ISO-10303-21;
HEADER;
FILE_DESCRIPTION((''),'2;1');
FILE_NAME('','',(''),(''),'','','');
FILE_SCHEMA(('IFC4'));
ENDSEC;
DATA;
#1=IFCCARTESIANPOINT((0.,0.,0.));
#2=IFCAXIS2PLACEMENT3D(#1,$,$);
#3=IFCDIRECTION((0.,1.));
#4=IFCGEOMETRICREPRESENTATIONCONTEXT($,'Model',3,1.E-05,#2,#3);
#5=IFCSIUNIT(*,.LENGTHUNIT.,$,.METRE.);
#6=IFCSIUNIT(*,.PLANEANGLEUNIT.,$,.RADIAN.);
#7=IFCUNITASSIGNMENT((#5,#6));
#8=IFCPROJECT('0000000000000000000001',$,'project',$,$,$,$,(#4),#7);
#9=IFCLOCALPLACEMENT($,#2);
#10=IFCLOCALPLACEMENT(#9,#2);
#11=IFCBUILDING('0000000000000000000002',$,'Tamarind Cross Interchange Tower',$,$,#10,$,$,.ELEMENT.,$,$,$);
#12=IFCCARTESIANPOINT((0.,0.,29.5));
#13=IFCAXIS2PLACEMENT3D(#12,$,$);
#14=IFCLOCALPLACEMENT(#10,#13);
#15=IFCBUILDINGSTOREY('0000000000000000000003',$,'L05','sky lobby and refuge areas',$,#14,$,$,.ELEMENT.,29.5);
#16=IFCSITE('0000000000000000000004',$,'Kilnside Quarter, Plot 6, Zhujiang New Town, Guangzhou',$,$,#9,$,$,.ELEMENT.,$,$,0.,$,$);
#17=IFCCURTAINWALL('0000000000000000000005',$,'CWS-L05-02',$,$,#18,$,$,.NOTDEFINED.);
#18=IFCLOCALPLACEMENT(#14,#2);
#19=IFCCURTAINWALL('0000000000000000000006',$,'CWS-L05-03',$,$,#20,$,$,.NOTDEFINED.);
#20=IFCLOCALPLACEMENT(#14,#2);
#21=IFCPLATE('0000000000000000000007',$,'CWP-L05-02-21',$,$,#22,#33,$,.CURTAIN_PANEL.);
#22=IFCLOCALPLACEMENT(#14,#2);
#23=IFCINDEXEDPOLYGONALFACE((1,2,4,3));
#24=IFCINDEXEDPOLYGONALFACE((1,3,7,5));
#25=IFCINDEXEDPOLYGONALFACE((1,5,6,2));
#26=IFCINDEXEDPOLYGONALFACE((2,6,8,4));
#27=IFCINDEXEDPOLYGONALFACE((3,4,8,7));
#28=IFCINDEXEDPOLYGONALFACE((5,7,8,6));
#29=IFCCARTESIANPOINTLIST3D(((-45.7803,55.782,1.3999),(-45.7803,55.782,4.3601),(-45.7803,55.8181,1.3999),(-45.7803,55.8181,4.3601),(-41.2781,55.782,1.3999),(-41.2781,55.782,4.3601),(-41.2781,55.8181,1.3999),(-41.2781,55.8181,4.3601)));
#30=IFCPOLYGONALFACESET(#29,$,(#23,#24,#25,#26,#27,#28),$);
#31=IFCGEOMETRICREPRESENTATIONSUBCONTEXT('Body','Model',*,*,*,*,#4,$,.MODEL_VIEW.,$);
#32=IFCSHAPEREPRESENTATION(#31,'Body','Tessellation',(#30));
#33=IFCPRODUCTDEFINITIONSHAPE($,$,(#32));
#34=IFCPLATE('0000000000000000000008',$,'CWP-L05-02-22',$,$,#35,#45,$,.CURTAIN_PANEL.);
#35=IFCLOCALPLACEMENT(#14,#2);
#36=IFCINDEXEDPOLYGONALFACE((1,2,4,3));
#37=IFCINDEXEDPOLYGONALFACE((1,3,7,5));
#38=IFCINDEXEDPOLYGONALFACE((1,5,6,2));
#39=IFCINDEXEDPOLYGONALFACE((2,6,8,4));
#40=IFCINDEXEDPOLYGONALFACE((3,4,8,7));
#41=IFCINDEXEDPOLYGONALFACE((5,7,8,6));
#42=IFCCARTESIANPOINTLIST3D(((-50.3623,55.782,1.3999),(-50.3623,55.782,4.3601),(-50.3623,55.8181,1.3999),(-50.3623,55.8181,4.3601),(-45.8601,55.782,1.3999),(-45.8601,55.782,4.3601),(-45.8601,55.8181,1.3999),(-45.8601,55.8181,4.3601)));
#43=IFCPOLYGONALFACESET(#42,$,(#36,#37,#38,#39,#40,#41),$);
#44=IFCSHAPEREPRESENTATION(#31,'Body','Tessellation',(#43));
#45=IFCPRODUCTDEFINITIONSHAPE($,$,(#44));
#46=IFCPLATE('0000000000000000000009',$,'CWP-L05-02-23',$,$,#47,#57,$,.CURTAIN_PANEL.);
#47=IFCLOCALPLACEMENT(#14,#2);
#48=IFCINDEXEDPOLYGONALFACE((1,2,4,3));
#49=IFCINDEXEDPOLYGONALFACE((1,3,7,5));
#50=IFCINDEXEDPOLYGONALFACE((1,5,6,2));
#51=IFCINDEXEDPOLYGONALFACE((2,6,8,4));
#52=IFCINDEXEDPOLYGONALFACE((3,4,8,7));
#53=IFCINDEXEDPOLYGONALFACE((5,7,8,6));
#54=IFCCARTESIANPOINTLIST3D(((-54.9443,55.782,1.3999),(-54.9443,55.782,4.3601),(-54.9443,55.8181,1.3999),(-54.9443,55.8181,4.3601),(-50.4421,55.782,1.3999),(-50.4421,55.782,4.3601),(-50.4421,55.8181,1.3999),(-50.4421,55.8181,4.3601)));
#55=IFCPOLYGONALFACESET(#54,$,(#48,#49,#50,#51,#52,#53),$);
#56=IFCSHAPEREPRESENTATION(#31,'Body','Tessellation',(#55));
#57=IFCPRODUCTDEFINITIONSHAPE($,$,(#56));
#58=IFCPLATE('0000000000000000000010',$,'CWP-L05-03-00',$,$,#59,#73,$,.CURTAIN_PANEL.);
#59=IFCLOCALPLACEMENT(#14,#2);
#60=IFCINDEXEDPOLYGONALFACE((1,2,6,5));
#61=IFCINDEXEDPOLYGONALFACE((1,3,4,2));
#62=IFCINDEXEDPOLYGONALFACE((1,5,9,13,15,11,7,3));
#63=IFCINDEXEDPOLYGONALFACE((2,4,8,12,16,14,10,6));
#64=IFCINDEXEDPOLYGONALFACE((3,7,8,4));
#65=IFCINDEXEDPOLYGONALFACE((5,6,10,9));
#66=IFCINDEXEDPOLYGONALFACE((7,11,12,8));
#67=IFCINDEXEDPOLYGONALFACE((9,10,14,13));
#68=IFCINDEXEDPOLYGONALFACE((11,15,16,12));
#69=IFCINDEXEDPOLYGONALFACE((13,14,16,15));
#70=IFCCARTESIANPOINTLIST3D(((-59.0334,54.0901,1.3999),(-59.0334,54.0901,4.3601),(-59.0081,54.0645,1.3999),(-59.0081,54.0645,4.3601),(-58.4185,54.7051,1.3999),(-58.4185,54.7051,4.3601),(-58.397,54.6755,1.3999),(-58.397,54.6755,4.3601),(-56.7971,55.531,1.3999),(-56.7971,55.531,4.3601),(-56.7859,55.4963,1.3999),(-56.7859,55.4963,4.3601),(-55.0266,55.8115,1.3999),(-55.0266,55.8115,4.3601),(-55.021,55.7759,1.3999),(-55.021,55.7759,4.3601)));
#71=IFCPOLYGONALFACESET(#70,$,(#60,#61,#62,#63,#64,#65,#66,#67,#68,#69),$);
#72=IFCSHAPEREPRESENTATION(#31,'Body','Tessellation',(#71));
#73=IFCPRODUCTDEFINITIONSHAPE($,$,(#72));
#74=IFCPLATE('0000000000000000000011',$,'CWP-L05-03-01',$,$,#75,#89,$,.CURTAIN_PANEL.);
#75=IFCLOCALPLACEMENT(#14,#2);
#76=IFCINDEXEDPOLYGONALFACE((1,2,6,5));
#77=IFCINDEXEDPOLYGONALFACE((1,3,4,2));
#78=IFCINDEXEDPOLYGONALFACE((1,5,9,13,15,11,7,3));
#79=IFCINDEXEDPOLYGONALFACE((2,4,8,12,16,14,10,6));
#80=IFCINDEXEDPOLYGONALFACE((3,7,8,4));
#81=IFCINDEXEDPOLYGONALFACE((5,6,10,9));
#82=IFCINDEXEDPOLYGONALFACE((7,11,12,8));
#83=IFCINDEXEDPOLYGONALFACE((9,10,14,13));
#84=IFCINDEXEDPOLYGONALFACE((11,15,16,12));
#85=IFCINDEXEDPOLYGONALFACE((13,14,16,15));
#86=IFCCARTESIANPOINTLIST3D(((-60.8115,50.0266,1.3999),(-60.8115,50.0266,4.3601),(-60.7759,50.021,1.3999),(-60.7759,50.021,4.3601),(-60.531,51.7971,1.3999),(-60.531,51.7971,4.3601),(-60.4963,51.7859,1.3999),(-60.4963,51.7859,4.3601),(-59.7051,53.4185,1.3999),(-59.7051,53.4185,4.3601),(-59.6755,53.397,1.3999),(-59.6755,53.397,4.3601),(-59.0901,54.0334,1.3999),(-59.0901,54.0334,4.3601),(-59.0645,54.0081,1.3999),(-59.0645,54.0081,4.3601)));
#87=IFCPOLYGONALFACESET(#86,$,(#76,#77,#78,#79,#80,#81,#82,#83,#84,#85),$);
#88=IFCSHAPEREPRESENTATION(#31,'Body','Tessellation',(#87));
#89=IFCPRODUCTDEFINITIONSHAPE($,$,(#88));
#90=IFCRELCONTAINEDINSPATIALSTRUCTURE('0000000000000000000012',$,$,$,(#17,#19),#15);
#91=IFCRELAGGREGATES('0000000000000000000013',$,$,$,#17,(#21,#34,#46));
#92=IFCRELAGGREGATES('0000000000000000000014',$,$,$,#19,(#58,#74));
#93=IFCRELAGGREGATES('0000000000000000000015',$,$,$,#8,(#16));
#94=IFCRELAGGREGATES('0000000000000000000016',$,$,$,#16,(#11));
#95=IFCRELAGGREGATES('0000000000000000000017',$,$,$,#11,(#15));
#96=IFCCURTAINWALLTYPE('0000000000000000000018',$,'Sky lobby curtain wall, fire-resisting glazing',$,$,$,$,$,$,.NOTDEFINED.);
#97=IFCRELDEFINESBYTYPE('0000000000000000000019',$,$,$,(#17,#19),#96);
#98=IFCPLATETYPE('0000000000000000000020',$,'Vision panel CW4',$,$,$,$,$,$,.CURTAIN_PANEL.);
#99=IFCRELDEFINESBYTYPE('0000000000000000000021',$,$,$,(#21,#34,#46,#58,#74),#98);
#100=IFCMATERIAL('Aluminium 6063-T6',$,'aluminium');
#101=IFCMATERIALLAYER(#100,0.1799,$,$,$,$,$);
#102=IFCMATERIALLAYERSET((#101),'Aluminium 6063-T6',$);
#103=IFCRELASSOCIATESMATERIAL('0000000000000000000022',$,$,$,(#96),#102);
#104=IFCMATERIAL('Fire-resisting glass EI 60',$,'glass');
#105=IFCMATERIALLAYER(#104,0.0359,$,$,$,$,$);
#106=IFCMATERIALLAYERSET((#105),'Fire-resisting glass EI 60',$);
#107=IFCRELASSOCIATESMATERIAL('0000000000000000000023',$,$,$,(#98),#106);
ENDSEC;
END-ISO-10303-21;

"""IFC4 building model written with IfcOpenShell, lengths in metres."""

from ifc_helpers import new_model, si_unit, direction, frame, origin, place, context, subcontext, project, spatial, polyline, outline, extrude, material, layer, layer_set, type_object, element, aggregate, save


model = new_model("IFC4")

# Units and contexts
model_context = context("Model", 3, precision=1e-05, world=origin(), true_north=direction((0.0, 1.0)))
body_context = subcontext(model_context, "Body", "Model", "MODEL_VIEW")
ifc_project = project(units=[si_unit("LENGTHUNIT", "METRE"), si_unit("PLANEANGLEUNIT", "RADIAN")], contexts=[model_context])

# Site, building, storey
site_placement = place(None, origin())
site = spatial("IfcSite", under=ifc_project, at=site_placement, Name="Kilnside Quarter, Plot 6, Zhujiang New Town, Guangzhou", CompositionType="ELEMENT", RefElevation=0.0)
building_placement = place(site_placement, origin())
building = spatial("IfcBuilding", under=site, at=building_placement, Name="Tamarind Cross Interchange Tower", CompositionType="ELEMENT")
storey_placement = place(building_placement, frame((0.0, 0.0, 29.5)))
storey = spatial("IfcBuildingStorey", under=building, at=storey_placement, Name="L05", Description="sky lobby and refuge areas", CompositionType="ELEMENT", Elevation=29.5)

# Curtain walls
ifc_material_1 = material(Name="Aluminium 6063-T6", Category="aluminium")
ifc_layer_1 = layer(ifc_material_1, 0.1799)
ifc_layer_set_1 = layer_set([ifc_layer_1], Name="Aluminium 6063-T6")
curtain_wall_type = type_object("IfcCurtainWallType", Name="Sky lobby curtain wall, fire-resisting glazing", PredefinedType="NOTDEFINED", material=ifc_layer_set_1)
curtain_wall_1_placement = place(storey_placement, origin())
curtain_wall_1 = element("IfcCurtainWall", 1, at=curtain_wall_1_placement, inside=storey, type_object=curtain_wall_type, Name="CWS-L05-02", PredefinedType="NOTDEFINED")
curtain_wall_2_placement = place(storey_placement, origin())
curtain_wall_2 = element("IfcCurtainWall", 2, at=curtain_wall_2_placement, inside=storey, type_object=curtain_wall_type, Name="CWS-L05-03", PredefinedType="NOTDEFINED")

# Plates
ifc_material_2 = material(Name="Fire-resisting glass EI 60", Category="glass")
ifc_layer_2 = layer(ifc_material_2, 0.0359)
ifc_layer_set_2 = layer_set([ifc_layer_2], Name="Fire-resisting glass EI 60")
plate_type = type_object("IfcPlateType", Name="Vision panel CW4", PredefinedType="CURTAIN_PANEL", material=ifc_layer_set_2)
plate_1_placement = place(storey_placement, frame((0.0, 0.0, 1.3999)))
plate_1 = element("IfcPlate", 3, at=plate_1_placement, type_object=plate_type, Name="CWP-L05-02-21", PredefinedType="CURTAIN_PANEL", context=body_context, shape_type="SweptSolid", body=[
    extrude(outline(polyline([(-41.2781, 55.782), (-45.7803, 55.782), (-45.7803, 55.8181), (-41.2781, 55.8181), (-41.2781, 55.782)])), origin(), (0.0, 0.0, 1.0), 2.9602),
])
plate_2_placement = place(storey_placement, frame((0.0, 0.0, 1.3999)))
plate_2 = element("IfcPlate", 4, at=plate_2_placement, type_object=plate_type, Name="CWP-L05-02-22", PredefinedType="CURTAIN_PANEL", context=body_context, shape_type="SweptSolid", body=[
    extrude(outline(polyline([(-45.8601, 55.782), (-50.3623, 55.782), (-50.3623, 55.8181), (-45.8601, 55.8181), (-45.8601, 55.782)])), origin(), (0.0, 0.0, 1.0), 2.9602),
])
plate_3_placement = place(storey_placement, frame((0.0, 0.0, 1.3999)))
plate_3 = element("IfcPlate", 5, at=plate_3_placement, type_object=plate_type, Name="CWP-L05-02-23", PredefinedType="CURTAIN_PANEL", context=body_context, shape_type="SweptSolid", body=[
    extrude(outline(polyline([(-50.4421, 55.782), (-54.9443, 55.782), (-54.9443, 55.8181), (-50.4421, 55.8181), (-50.4421, 55.782)])), origin(), (0.0, 0.0, 1.0), 2.9602),
])
aggregate(curtain_wall_1, [plate_1, plate_2, plate_3])
plate_4_placement = place(storey_placement, frame((0.0, 0.0, 1.3999)))
plate_4 = element("IfcPlate", 6, at=plate_4_placement, type_object=plate_type, Name="CWP-L05-03-00", PredefinedType="CURTAIN_PANEL", context=body_context, shape_type="SweptSolid", body=[
    extrude(outline(polyline([(-55.021, 55.7759), (-56.7859, 55.4963), (-58.397, 54.6755), (-59.0081, 54.0645), (-59.0334, 54.0901), (-58.4185, 54.7051), (-56.7971, 55.531), (-55.0266, 55.8115), (-55.021, 55.7759)])), origin(), (0.0, 0.0, 1.0), 2.9602),
])
plate_5_placement = place(storey_placement, frame((0.0, 0.0, 1.3999)))
plate_5 = element("IfcPlate", 7, at=plate_5_placement, type_object=plate_type, Name="CWP-L05-03-01", PredefinedType="CURTAIN_PANEL", context=body_context, shape_type="SweptSolid", body=[
    extrude(outline(polyline([(-59.0645, 54.0081), (-59.6755, 53.397), (-60.4963, 51.7859), (-60.7759, 50.021), (-60.8115, 50.0266), (-60.531, 51.7971), (-59.7051, 53.4185), (-59.0901, 54.0334), (-59.0645, 54.0081)])), origin(), (0.0, 0.0, 1.0), 2.9602),
])
aggregate(curtain_wall_2, [plate_4, plate_5])

save(model, "model.ifc")
